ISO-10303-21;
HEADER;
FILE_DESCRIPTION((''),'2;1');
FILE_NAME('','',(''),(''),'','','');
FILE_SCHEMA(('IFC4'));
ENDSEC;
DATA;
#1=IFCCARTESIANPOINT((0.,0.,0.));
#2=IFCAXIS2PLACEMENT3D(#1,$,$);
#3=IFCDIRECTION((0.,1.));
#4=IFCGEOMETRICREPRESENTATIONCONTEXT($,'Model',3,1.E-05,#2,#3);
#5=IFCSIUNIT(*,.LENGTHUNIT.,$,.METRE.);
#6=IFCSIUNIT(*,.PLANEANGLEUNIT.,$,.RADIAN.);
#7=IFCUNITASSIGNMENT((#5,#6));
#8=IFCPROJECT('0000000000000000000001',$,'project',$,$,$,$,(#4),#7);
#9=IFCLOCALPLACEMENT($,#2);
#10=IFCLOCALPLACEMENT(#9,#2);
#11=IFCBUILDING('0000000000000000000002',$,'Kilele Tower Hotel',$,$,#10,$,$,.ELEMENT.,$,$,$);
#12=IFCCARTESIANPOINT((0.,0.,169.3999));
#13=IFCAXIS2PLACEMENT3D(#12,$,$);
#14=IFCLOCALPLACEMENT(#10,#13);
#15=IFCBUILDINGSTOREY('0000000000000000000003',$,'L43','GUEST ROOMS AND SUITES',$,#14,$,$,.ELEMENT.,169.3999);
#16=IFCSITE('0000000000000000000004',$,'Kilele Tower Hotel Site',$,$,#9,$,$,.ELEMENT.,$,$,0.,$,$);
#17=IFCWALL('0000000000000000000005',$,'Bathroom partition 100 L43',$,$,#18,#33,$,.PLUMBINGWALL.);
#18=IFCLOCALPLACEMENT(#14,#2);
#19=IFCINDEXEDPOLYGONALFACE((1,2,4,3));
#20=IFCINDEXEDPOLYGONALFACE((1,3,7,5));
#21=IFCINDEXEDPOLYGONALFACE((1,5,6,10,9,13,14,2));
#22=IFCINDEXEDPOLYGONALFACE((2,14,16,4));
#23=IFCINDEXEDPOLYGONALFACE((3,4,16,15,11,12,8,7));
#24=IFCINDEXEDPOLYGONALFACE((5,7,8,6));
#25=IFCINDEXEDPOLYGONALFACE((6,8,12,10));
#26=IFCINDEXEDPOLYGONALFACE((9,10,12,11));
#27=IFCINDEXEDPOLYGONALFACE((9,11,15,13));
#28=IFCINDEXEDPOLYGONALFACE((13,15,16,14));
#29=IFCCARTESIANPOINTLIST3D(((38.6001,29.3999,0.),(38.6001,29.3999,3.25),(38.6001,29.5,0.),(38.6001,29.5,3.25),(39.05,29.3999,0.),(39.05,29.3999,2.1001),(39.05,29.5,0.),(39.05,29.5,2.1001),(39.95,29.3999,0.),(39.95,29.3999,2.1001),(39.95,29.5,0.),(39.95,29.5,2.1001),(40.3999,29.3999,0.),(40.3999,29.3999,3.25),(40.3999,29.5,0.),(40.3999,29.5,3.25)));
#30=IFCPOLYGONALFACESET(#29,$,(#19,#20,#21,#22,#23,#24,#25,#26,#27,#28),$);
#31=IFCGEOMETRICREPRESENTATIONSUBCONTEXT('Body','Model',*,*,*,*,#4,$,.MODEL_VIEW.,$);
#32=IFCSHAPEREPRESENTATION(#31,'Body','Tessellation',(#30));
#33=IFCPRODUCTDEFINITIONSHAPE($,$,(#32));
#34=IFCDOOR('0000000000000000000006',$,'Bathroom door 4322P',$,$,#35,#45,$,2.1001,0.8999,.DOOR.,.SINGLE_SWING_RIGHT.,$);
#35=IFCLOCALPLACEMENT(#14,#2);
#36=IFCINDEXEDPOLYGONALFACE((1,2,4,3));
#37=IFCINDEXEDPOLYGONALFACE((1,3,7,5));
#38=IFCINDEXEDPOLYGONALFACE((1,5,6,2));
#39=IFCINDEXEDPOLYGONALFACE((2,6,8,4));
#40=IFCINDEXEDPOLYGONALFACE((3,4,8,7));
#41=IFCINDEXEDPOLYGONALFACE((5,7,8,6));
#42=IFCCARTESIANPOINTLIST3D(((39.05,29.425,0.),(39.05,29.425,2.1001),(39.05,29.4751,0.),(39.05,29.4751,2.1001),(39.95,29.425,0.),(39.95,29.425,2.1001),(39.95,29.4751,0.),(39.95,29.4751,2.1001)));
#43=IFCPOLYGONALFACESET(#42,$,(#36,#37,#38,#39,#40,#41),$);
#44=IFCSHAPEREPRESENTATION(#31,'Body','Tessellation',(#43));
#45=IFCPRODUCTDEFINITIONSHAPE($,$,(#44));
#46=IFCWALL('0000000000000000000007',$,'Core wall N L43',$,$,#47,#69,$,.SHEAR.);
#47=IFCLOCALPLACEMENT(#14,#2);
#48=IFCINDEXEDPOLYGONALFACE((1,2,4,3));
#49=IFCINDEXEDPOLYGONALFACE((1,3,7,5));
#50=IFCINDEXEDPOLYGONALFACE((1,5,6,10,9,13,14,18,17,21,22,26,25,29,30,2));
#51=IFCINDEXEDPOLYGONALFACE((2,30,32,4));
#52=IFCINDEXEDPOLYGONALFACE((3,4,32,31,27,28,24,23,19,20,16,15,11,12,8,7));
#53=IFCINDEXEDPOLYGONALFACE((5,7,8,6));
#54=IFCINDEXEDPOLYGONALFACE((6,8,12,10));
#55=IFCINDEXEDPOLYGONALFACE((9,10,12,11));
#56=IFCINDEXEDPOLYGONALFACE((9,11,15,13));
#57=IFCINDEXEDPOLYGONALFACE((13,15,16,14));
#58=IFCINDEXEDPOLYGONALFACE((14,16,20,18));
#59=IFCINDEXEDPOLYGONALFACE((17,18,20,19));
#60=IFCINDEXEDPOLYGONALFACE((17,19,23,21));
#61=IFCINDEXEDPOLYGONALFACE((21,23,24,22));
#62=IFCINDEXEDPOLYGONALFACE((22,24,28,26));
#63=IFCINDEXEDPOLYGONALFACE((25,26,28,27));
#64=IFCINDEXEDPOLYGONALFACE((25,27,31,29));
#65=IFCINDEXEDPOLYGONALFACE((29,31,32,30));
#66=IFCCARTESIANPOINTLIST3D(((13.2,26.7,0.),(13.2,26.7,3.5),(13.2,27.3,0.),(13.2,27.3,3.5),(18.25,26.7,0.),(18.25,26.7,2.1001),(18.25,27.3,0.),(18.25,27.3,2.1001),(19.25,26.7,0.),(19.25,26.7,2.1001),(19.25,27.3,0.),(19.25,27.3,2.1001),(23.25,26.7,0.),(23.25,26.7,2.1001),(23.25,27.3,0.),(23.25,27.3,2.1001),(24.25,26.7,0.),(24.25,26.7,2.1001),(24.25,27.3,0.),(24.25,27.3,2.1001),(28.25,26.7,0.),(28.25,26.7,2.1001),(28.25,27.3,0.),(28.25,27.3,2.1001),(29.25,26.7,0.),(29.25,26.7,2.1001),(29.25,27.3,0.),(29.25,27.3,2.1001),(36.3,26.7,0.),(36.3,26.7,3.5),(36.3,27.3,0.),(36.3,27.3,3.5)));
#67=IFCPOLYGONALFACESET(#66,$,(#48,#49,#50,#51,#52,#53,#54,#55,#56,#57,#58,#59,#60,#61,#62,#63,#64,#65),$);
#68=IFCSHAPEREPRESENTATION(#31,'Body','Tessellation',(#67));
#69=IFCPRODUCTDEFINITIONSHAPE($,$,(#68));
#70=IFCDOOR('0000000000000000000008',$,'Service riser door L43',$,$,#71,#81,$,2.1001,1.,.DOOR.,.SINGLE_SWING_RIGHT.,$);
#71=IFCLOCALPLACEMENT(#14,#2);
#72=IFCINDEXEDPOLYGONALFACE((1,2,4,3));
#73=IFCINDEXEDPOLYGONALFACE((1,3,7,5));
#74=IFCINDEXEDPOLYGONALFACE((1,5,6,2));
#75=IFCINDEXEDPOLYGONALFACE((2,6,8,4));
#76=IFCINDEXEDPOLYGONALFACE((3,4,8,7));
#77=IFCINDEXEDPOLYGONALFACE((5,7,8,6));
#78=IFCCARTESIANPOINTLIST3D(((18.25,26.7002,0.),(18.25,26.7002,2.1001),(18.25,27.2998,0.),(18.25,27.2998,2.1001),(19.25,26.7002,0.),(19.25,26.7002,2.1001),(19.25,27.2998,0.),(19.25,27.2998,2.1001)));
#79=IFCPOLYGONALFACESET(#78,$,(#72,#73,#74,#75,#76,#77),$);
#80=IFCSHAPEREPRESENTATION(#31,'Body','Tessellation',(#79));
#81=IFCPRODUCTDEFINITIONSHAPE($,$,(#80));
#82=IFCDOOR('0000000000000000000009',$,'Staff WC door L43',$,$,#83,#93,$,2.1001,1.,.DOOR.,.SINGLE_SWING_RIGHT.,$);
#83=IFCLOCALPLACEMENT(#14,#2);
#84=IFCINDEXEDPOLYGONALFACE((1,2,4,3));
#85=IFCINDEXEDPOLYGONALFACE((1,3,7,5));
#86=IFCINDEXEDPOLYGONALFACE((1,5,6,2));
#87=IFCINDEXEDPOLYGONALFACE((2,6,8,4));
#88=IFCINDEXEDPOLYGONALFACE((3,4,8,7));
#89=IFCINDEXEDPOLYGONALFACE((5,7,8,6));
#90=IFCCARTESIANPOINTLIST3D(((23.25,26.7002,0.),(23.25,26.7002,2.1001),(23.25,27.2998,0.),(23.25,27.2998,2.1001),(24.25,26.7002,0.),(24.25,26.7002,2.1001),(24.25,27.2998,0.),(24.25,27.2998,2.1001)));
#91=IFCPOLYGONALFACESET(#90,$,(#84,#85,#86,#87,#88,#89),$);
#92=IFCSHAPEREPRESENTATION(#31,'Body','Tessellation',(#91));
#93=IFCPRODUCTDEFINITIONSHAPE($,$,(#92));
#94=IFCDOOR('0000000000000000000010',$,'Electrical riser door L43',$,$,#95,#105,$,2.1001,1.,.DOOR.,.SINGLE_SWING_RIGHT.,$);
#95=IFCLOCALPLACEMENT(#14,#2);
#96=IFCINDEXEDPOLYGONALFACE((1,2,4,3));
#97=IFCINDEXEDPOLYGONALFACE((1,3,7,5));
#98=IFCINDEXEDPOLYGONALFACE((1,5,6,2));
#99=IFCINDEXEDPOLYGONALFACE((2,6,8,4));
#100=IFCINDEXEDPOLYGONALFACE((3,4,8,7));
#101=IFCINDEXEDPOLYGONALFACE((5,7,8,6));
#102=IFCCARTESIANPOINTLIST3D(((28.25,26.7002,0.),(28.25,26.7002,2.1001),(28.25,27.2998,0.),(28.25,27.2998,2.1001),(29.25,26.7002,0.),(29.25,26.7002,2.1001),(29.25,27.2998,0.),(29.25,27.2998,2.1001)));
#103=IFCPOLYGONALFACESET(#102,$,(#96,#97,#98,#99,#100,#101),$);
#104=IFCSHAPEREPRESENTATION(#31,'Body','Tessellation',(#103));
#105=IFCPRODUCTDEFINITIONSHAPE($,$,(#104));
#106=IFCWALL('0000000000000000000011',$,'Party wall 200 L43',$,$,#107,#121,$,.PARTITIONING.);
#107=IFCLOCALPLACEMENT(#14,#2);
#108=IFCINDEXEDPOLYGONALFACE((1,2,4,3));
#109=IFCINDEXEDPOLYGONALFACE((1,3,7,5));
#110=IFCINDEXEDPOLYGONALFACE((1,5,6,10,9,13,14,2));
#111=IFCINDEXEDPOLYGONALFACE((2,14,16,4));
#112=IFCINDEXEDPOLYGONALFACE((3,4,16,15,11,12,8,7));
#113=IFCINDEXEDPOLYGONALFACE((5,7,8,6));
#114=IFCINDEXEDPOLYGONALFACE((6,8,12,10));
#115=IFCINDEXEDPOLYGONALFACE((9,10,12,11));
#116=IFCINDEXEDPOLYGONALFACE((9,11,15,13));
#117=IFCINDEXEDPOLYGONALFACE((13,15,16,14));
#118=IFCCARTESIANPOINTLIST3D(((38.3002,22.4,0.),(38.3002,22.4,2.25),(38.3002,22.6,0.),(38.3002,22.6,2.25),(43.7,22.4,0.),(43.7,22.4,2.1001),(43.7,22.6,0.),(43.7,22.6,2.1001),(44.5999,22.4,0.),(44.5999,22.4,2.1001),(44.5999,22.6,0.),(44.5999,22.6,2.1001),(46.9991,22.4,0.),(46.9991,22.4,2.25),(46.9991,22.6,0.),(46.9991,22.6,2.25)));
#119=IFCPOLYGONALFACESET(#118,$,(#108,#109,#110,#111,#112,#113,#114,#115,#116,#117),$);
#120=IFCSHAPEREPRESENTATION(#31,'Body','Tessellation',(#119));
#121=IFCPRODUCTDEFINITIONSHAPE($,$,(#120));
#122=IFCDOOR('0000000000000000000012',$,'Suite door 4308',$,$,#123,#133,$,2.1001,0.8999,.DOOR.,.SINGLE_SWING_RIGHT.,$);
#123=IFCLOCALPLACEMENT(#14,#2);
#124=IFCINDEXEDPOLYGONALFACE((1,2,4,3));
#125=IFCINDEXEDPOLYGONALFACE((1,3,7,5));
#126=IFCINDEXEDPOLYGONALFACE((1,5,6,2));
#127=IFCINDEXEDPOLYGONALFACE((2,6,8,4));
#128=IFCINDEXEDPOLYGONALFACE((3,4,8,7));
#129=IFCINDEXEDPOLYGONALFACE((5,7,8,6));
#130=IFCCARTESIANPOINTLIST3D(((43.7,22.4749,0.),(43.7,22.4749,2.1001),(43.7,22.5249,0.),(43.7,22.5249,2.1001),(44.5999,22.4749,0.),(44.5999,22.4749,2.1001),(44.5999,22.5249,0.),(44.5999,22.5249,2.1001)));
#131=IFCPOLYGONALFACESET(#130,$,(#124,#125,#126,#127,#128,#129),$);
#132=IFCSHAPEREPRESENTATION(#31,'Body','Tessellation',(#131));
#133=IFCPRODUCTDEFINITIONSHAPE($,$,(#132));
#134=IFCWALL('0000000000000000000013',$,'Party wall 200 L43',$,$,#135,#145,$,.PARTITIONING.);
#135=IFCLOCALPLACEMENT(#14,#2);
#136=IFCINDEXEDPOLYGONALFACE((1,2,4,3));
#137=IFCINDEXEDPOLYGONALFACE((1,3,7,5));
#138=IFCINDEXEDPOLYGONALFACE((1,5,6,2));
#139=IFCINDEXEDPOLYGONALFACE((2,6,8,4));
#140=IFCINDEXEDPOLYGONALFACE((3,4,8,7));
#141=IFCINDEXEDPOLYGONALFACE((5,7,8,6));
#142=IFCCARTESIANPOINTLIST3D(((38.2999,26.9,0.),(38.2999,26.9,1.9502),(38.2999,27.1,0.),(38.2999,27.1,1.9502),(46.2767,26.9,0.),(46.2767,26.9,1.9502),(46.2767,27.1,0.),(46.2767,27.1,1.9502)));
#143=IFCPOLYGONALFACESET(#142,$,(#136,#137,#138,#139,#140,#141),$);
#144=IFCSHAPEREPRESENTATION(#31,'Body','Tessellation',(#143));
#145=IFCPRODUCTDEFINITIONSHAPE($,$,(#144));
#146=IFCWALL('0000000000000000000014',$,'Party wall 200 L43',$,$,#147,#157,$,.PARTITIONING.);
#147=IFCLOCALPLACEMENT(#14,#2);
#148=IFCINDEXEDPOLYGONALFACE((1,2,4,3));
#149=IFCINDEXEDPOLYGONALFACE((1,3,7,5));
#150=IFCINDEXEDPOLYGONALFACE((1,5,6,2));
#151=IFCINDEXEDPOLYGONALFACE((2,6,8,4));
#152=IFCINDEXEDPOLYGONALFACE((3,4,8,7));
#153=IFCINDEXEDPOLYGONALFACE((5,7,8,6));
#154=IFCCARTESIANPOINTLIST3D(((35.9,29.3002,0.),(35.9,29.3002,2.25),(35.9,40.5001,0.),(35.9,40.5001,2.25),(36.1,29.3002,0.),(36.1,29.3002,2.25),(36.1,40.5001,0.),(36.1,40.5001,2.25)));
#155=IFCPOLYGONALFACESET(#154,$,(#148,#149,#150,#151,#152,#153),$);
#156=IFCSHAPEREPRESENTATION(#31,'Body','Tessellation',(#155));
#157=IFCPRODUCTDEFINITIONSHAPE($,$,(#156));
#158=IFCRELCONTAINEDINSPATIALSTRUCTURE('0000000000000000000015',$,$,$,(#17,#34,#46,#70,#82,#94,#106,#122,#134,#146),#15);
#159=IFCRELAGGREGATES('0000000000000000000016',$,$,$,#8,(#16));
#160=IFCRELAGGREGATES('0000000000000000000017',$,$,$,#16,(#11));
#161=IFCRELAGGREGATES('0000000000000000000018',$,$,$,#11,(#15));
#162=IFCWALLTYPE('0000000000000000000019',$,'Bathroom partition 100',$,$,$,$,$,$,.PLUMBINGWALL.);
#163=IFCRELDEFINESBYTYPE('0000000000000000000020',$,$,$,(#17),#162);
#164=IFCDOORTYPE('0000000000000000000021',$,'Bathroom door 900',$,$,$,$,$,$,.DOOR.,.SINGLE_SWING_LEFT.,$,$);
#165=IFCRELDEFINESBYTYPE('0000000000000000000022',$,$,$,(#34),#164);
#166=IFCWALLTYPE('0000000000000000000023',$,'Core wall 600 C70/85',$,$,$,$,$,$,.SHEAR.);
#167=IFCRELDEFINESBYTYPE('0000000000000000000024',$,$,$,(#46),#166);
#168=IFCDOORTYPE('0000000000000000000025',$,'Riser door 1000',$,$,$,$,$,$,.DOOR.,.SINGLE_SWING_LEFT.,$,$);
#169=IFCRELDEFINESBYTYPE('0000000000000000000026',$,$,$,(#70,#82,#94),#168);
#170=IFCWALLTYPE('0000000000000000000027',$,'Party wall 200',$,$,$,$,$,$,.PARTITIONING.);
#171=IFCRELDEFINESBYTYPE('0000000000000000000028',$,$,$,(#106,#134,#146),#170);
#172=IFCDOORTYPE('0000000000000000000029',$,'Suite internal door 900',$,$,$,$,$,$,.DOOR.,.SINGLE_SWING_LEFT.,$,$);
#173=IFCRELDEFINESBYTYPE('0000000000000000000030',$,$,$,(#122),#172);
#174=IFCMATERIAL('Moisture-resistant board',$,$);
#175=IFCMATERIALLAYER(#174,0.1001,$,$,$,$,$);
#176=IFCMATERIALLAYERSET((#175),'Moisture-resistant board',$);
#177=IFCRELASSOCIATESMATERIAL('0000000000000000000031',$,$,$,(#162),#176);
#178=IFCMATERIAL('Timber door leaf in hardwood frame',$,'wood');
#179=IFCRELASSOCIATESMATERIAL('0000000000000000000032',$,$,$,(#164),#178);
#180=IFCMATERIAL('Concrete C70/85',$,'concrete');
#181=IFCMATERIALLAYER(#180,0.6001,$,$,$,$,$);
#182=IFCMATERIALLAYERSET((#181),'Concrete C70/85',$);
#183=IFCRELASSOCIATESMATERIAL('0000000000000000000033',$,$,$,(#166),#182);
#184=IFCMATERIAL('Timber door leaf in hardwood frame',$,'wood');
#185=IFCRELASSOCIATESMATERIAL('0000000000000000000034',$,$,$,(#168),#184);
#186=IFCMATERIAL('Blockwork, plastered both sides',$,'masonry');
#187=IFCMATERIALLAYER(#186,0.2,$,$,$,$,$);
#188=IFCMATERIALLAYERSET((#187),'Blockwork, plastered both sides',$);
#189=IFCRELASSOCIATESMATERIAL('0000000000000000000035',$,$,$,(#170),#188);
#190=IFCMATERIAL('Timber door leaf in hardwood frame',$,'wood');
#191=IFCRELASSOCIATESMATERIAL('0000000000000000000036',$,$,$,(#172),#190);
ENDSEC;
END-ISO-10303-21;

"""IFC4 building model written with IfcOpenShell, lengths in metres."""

from ifc_helpers import new_model, si_unit, direction, frame, frame_2d, origin, place, context, subcontext, project, spatial, rectangle, extrude, material, layer, layer_set, type_object, element, fill, save


model = new_model("IFC4")

# Units and contexts
model_context = context("Model", 3, precision=1e-05, world=origin(), true_north=direction((0.0, 1.0)))
body_context = subcontext(model_context, "Body", "Model", "MODEL_VIEW")
ifc_project = project(units=[si_unit("LENGTHUNIT", "METRE"), si_unit("PLANEANGLEUNIT", "RADIAN")], contexts=[model_context])

# Site, building, storey
site_placement = place(None, origin())
site = spatial("IfcSite", under=ifc_project, at=site_placement, Name="Kilele Tower Hotel Site", CompositionType="ELEMENT", RefElevation=0.0)
building_placement = place(site_placement, origin())
building = spatial("IfcBuilding", under=site, at=building_placement, Name="Kilele Tower Hotel", CompositionType="ELEMENT")
storey_placement = place(building_placement, frame((0.0, 0.0, 169.3999)))
storey = spatial("IfcBuildingStorey", under=building, at=storey_placement, Name="L43", Description="GUEST ROOMS AND SUITES", CompositionType="ELEMENT", Elevation=169.3999)

# Shared definitions
ifc_material_1 = material(Name="Moisture-resistant board")
ifc_layer_1 = layer(ifc_material_1, 0.1001)
ifc_layer_set_1 = layer_set([ifc_layer_1], Name="Moisture-resistant board")
wall_type_1 = type_object("IfcWallType", Name="Bathroom partition 100", PredefinedType="PLUMBINGWALL", material=ifc_layer_set_1)
ifc_material_2 = material(Name="Timber door leaf in hardwood frame", Category="wood")
door_type_1 = type_object("IfcDoorType", Name="Bathroom door 900", OperationType="SINGLE_SWING_LEFT", PredefinedType="DOOR", material=ifc_material_2)

# Wall, opening, door
wall_1_placement = place(storey_placement, frame((38.6001, 29.45, 0.0), z_axis=(0.0, 0.0, 1.0), x_axis=(1.0, 0.0, 0.0)))
wall_1 = element("IfcWall", 1, at=wall_1_placement, inside=storey, type_object=wall_type_1, Name="Bathroom partition 100 L43", PredefinedType="PLUMBINGWALL", context=body_context, shape_type="SweptSolid", body=[
    extrude(rectangle(XDim=1.7998, YDim=0.1001, at=frame_2d((0.8999, 0.0))), origin(), (0.0, 0.0, 1.0), 3.25),
])
opening_1_placement = place(wall_1_placement, frame((1.3499, 0.0, 0.0), z_axis=(0.0, 0.0, 1.0), x_axis=(-1.0, 0.0, 0.0)))
opening_1 = element("IfcOpeningElement", 2, at=opening_1_placement, cuts=wall_1, PredefinedType="OPENING", context=body_context, shape_type="SweptSolid", body=[
    extrude(rectangle(XDim=0.8999, YDim=2.1001, at=frame_2d((0.45, 1.05))), frame((0.0, 0.0601, 0.0), z_axis=(0.0, -1.0, 0.0), x_axis=(1.0, 0.0, 0.0)), (0.0, 0.0, 1.0), 0.1201),
])
door_1_placement = place(opening_1_placement, origin())
door_1 = element("IfcDoor", 3, at=door_1_placement, inside=storey, type_object=door_type_1, Name="Bathroom door 4322P", OperationType="SINGLE_SWING_RIGHT", OverallHeight=2.1001, OverallWidth=0.8999, PredefinedType="DOOR", context=body_context, shape_type="SweptSolid", body=[
    extrude(rectangle(XDim=0.8999, YDim=2.1001, at=frame_2d((0.45, 1.05))), frame((0.0, 0.0249, 0.0), z_axis=(0.0, -1.0, 0.0), x_axis=(1.0, 0.0, 0.0)), (0.0, 0.0, 1.0), 0.05),
])
fill(opening_1, door_1)

# Wall, openings, doors
ifc_material_3 = material(Name="Concrete C70/85", Category="concrete")
ifc_layer_2 = layer(ifc_material_3, 0.6001)
ifc_layer_set_2 = layer_set([ifc_layer_2], Name="Concrete C70/85")
wall_type_2 = type_object("IfcWallType", Name="Core wall 600 C70/85", PredefinedType="SHEAR", material=ifc_layer_set_2)
wall_2_placement = place(storey_placement, frame((36.3, 27.0, 0.0), z_axis=(0.0, 0.0, 1.0), x_axis=(-1.0, 0.0, 0.0)))
wall_2 = element("IfcWall", 4, at=wall_2_placement, inside=storey, type_object=wall_type_2, Name="Core wall N L43", PredefinedType="SHEAR", context=body_context, shape_type="SweptSolid", body=[
    extrude(rectangle(XDim=23.1001, YDim=0.6001, at=frame_2d((11.55, 0.0))), origin(), (0.0, 0.0, 1.0), 3.5),
])
opening_2_placement = place(wall_2_placement, frame((17.05, 0.0, 0.0)))
opening_2 = element("IfcOpeningElement", 5, at=opening_2_placement, cuts=wall_2, PredefinedType="OPENING", context=body_context, shape_type="SweptSolid", body=[
    extrude(rectangle(XDim=1.0, YDim=2.1001, at=frame_2d((0.5, 1.05))), frame((0.0, 0.3101, 0.0), z_axis=(0.0, -1.0, 0.0), x_axis=(1.0, 0.0, 0.0)), (0.0, 0.0, 1.0), 0.6201),
])
opening_3_placement = place(wall_2_placement, frame((12.05, 0.0, 0.0)))
opening_3 = element("IfcOpeningElement", 6, at=opening_3_placement, cuts=wall_2, PredefinedType="OPENING", context=body_context, shape_type="SweptSolid", body=[
    extrude(rectangle(XDim=1.0, YDim=2.1001, at=frame_2d((0.5, 1.05))), frame((0.0, 0.3101, 0.0), z_axis=(0.0, -1.0, 0.0), x_axis=(1.0, 0.0, 0.0)), (0.0, 0.0, 1.0), 0.6201),
])
opening_4_placement = place(wall_2_placement, frame((7.05, 0.0, 0.0)))
opening_4 = element("IfcOpeningElement", 7, at=opening_4_placement, cuts=wall_2, PredefinedType="OPENING", context=body_context, shape_type="SweptSolid", body=[
    extrude(rectangle(XDim=1.0, YDim=2.1001, at=frame_2d((0.5, 1.05))), frame((0.0, 0.3101, 0.0), z_axis=(0.0, -1.0, 0.0), x_axis=(1.0, 0.0, 0.0)), (0.0, 0.0, 1.0), 0.6201),
])
ifc_material_4 = material(Name="Timber door leaf in hardwood frame", Category="wood")
door_type_2 = type_object("IfcDoorType", Name="Riser door 1000", OperationType="SINGLE_SWING_LEFT", PredefinedType="DOOR", material=ifc_material_4)
door_2_placement = place(opening_2_placement, origin())
door_2 = element("IfcDoor", 8, at=door_2_placement, inside=storey, type_object=door_type_2, Name="Service riser door L43", OperationType="SINGLE_SWING_RIGHT", OverallHeight=2.1001, OverallWidth=1.0, PredefinedType="DOOR", context=body_context, shape_type="SweptSolid", body=[
    extrude(rectangle(XDim=1.0, YDim=2.1001, at=frame_2d((0.5, 1.05))), frame((0.0, 0.2998, 0.0), z_axis=(0.0, -1.0, 0.0), x_axis=(1.0, 0.0, 0.0)), (0.0, 0.0, 1.0), 0.5996),
])
fill(opening_2, door_2)
door_3_placement = place(opening_3_placement, origin())
door_3 = element("IfcDoor", 9, at=door_3_placement, inside=storey, type_object=door_type_2, Name="Staff WC door L43", OperationType="SINGLE_SWING_RIGHT", OverallHeight=2.1001, OverallWidth=1.0, PredefinedType="DOOR", context=body_context, shape_type="SweptSolid", body=[
    extrude(rectangle(XDim=1.0, YDim=2.1001, at=frame_2d((0.5, 1.05))), frame((0.0, 0.2998, 0.0), z_axis=(0.0, -1.0, 0.0), x_axis=(1.0, 0.0, 0.0)), (0.0, 0.0, 1.0), 0.5996),
])
fill(opening_3, door_3)
door_4_placement = place(opening_4_placement, origin())
door_4 = element("IfcDoor", 10, at=door_4_placement, inside=storey, type_object=door_type_2, Name="Electrical riser door L43", OperationType="SINGLE_SWING_RIGHT", OverallHeight=2.1001, OverallWidth=1.0, PredefinedType="DOOR", context=body_context, shape_type="SweptSolid", body=[
    extrude(rectangle(XDim=1.0, YDim=2.1001, at=frame_2d((0.5, 1.05))), frame((0.0, 0.2998, 0.0), z_axis=(0.0, -1.0, 0.0), x_axis=(1.0, 0.0, 0.0)), (0.0, 0.0, 1.0), 0.5996),
])
fill(opening_4, door_4)

# Wall, opening, door
ifc_material_5 = material(Name="Blockwork, plastered both sides", Category="masonry")
ifc_layer_3 = layer(ifc_material_5, 0.2)
ifc_layer_set_3 = layer_set([ifc_layer_3], Name="Blockwork, plastered both sides")
wall_type_3 = type_object("IfcWallType", Name="Party wall 200", PredefinedType="PARTITIONING", material=ifc_layer_set_3)
wall_3_placement = place(storey_placement, frame((38.3, 22.5, 0.0), z_axis=(0.0, 0.0, 1.0), x_axis=(1.0, 0.0, 0.0)))
wall_3 = element("IfcWall", 11, at=wall_3_placement, inside=storey, type_object=wall_type_3, Name="Party wall 200 L43", PredefinedType="PARTITIONING", context=body_context, shape_type="SweptSolid", body=[
    extrude(rectangle(XDim=8.699, YDim=0.2, at=frame_2d((4.3496, 0.0))), origin(), (0.0, 0.0, 1.0), 2.25),
])
opening_5_placement = place(wall_3_placement, frame((5.3999, 0.0, 0.0)))
opening_5 = element("IfcOpeningElement", 12, at=opening_5_placement, cuts=wall_3, PredefinedType="OPENING", context=body_context, shape_type="SweptSolid", body=[
    extrude(rectangle(XDim=0.8999, YDim=2.1001, at=frame_2d((0.45, 1.05))), frame((0.0, 0.1099, 0.0), z_axis=(0.0, -1.0, 0.0), x_axis=(1.0, 0.0, 0.0)), (0.0, 0.0, 1.0), 0.22),
])
ifc_material_6 = material(Name="Timber door leaf in hardwood frame", Category="wood")
door_type_3 = type_object("IfcDoorType", Name="Suite internal door 900", OperationType="SINGLE_SWING_LEFT", PredefinedType="DOOR", material=ifc_material_6)
door_5_placement = place(opening_5_placement, origin())
door_5 = element("IfcDoor", 13, at=door_5_placement, inside=storey, type_object=door_type_3, Name="Suite door 4308", OperationType="SINGLE_SWING_RIGHT", OverallHeight=2.1001, OverallWidth=0.8999, PredefinedType="DOOR", context=body_context, shape_type="SweptSolid", body=[
    extrude(rectangle(XDim=0.8999, YDim=2.1001, at=frame_2d((0.45, 1.05))), frame((0.0, 0.0249, 0.0), z_axis=(0.0, -1.0, 0.0), x_axis=(1.0, 0.0, 0.0)), (0.0, 0.0, 1.0), 0.05),
])
fill(opening_5, door_5)

# Walls
wall_4_placement = place(storey_placement, frame((38.3, 27.0, 0.0), z_axis=(0.0, 0.0, 1.0), x_axis=(1.0, 0.0, 0.0)))
element("IfcWall", 14, at=wall_4_placement, inside=storey, type_object=wall_type_3, Name="Party wall 200 L43", PredefinedType="PARTITIONING", context=body_context, shape_type="SweptSolid", body=[
    extrude(rectangle(XDim=7.9768, YDim=0.2, at=frame_2d((3.9883, 0.0))), origin(), (0.0, 0.0, 1.0), 1.9502),
])
wall_5_placement = place(storey_placement, frame((36.0, 29.3, 0.0), z_axis=(0.0, 0.0, 1.0), x_axis=(0.0, 1.0, 0.0)))
element("IfcWall", 15, at=wall_5_placement, inside=storey, type_object=wall_type_3, Name="Party wall 200 L43", PredefinedType="PARTITIONING", context=body_context, shape_type="SweptSolid", body=[
    extrude(rectangle(XDim=11.2, YDim=0.2, at=frame_2d((5.6001, 0.0))), origin(), (0.0, 0.0, 1.0), 2.25),
])

save(model, "model.ifc")
